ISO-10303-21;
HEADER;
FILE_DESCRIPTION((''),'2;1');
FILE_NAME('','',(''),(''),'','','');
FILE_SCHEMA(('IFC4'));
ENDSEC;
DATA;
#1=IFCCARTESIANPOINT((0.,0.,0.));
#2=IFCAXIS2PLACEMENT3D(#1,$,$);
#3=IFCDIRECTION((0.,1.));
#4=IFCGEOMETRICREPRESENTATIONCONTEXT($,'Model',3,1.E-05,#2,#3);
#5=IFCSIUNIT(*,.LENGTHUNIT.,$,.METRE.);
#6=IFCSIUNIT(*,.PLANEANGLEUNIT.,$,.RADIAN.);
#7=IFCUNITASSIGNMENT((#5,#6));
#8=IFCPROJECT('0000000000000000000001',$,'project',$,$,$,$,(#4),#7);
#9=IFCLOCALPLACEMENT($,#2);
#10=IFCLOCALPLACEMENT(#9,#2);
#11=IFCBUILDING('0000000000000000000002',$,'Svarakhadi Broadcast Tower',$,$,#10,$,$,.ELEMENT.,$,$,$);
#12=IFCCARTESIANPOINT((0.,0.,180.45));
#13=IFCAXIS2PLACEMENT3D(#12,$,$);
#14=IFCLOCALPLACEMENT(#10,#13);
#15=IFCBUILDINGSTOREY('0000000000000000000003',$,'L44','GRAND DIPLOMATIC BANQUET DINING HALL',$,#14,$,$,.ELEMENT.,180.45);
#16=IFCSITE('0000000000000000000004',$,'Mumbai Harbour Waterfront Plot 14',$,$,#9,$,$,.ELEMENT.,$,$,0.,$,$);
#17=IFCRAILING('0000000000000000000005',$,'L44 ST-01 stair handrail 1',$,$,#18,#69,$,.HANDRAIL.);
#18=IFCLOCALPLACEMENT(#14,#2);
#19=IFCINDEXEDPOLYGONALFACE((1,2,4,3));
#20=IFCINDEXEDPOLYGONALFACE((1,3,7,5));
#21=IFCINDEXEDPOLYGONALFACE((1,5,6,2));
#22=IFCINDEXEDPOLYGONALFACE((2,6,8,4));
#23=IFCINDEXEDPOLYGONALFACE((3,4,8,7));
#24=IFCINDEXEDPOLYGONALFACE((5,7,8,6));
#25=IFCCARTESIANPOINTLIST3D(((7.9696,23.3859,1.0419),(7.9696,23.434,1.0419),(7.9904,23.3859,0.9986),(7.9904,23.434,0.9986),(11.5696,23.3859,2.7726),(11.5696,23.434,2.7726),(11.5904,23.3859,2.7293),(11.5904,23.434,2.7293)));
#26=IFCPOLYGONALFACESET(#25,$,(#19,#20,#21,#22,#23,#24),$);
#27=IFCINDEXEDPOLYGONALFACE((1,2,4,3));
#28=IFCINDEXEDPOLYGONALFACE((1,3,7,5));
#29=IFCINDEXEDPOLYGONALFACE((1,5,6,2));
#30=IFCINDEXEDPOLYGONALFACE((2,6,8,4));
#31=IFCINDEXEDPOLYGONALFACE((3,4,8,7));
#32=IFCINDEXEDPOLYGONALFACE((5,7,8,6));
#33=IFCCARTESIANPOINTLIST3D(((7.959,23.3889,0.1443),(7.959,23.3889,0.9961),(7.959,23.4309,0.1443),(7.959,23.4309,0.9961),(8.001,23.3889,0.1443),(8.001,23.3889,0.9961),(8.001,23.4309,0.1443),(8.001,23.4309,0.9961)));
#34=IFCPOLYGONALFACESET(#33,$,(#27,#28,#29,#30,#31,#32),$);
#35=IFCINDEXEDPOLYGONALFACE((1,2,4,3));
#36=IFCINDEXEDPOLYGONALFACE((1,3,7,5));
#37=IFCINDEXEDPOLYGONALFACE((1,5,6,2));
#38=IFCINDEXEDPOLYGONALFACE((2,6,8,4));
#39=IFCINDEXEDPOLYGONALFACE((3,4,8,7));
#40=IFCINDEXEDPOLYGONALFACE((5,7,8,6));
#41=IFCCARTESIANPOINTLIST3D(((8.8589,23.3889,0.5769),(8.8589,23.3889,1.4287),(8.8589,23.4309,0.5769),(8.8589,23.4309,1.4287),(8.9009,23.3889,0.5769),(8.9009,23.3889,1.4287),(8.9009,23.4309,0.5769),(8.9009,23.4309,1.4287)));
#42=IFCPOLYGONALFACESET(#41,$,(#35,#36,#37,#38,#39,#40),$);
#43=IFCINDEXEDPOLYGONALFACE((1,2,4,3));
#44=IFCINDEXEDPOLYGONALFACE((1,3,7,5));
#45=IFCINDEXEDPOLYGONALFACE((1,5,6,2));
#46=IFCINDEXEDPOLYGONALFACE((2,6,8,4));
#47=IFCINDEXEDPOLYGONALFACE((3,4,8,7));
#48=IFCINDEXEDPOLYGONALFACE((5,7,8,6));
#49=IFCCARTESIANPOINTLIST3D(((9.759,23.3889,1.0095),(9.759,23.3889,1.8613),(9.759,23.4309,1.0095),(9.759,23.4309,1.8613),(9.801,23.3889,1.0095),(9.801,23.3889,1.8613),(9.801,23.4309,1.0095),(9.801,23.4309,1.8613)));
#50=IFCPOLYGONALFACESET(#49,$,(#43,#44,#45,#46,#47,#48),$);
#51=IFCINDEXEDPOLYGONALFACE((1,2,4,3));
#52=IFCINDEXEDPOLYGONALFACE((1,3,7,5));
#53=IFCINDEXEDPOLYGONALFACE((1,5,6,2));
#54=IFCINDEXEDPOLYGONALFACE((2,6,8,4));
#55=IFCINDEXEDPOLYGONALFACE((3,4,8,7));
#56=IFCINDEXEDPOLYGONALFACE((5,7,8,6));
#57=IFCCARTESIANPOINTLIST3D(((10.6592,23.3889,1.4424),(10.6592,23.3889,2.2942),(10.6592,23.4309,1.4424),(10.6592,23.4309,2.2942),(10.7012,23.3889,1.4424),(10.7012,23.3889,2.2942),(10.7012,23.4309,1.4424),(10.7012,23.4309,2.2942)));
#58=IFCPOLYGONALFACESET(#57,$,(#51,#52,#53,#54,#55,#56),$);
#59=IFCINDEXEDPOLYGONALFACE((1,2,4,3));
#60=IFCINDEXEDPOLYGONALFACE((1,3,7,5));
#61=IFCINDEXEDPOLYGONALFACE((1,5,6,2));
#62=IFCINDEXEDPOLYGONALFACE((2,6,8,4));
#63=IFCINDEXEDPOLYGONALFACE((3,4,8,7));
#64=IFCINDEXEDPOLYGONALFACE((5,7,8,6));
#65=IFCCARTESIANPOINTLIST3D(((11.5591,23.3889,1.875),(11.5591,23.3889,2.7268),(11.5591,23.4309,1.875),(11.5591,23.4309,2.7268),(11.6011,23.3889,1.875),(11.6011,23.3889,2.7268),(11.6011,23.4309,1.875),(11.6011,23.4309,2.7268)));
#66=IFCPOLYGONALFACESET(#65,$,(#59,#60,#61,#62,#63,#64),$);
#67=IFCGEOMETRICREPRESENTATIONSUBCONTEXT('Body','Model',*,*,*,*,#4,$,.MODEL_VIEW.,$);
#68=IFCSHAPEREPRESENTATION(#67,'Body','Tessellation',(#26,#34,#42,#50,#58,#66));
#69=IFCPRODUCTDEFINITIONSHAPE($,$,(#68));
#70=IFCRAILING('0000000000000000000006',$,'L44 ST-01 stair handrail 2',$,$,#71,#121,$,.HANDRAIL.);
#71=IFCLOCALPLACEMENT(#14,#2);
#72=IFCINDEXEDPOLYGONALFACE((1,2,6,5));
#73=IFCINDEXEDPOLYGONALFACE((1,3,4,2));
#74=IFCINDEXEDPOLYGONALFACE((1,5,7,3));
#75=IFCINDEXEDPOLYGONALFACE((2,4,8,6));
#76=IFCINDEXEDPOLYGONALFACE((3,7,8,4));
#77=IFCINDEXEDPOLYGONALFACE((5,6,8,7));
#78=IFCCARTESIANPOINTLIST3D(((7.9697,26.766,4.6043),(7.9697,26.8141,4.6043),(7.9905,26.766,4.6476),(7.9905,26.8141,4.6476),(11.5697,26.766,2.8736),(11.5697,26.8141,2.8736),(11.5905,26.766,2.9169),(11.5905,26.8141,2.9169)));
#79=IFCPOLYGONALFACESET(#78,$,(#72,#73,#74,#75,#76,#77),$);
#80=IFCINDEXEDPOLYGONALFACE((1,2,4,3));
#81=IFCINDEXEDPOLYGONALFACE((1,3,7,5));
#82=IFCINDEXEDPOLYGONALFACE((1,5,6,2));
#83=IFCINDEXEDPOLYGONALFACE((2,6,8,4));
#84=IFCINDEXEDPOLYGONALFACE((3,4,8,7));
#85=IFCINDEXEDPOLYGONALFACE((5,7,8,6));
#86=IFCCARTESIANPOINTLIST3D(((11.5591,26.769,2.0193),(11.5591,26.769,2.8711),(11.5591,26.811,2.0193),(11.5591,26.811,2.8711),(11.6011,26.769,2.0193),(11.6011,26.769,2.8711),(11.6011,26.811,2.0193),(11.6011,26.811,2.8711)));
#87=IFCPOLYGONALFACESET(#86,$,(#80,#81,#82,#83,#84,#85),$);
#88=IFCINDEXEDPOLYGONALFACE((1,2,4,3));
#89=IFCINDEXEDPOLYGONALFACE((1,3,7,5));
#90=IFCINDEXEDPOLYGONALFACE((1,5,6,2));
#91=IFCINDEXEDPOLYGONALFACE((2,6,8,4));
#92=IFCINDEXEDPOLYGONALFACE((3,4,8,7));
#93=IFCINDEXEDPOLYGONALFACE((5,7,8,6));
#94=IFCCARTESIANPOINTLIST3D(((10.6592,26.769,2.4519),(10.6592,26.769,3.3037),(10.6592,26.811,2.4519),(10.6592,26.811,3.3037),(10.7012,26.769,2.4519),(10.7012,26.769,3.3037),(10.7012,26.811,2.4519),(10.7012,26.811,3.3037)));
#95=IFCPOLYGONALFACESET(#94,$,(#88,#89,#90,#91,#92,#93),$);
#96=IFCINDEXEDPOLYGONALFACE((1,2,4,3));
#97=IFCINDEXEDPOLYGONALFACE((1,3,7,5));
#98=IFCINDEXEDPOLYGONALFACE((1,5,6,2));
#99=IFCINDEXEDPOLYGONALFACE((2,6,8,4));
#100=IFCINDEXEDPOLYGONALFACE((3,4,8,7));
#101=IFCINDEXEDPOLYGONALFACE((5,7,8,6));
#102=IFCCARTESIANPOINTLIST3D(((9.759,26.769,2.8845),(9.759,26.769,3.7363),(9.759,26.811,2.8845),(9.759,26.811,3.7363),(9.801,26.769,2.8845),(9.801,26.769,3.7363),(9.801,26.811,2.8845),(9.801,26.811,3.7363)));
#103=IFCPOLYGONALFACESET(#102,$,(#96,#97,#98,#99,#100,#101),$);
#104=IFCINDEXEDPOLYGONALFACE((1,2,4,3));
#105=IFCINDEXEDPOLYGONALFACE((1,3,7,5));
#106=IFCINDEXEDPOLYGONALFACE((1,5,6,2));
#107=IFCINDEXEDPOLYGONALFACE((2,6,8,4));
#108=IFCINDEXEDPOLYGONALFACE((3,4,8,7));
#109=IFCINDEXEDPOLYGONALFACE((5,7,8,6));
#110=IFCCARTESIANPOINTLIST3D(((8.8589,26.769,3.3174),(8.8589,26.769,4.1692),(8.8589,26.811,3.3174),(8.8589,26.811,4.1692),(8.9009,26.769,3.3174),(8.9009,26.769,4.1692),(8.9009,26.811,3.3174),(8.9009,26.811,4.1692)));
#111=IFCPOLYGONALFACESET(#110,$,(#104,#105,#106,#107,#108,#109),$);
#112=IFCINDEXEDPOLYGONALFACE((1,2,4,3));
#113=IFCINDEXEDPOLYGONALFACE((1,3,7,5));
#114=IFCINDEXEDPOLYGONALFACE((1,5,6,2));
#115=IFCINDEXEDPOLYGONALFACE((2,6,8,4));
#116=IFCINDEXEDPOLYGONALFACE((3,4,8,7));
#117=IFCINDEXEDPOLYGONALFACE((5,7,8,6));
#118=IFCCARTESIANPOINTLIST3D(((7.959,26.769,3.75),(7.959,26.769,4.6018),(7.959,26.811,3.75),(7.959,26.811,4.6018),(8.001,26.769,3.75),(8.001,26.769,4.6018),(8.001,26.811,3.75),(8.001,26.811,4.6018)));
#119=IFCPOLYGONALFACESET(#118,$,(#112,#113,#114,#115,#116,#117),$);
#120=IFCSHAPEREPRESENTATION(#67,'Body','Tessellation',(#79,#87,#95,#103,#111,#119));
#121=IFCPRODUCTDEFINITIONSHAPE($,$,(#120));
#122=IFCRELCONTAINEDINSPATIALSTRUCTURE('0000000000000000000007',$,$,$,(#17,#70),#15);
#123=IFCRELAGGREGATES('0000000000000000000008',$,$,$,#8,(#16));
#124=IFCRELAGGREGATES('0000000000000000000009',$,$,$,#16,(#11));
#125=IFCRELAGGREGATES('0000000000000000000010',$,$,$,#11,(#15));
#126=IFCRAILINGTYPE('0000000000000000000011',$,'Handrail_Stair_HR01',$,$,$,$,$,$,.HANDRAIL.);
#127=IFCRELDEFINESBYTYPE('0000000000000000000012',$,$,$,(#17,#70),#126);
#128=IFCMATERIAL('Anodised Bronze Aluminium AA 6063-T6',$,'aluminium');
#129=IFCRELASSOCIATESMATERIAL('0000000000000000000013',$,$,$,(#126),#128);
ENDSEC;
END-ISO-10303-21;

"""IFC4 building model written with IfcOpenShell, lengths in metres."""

from ifc_helpers import new_model, si_unit, direction, frame, origin, origin_2d, place, context, subcontext, project, spatial, rectangle, extrude, material, type_object, element, save


model = new_model("IFC4")

# Units and contexts
model_context = context("Model", 3, precision=1e-05, world=origin(), true_north=direction((0.0, 1.0)))
body_context = subcontext(model_context, "Body", "Model", "MODEL_VIEW")
ifc_project = project(units=[si_unit("LENGTHUNIT", "METRE"), si_unit("PLANEANGLEUNIT", "RADIAN")], contexts=[model_context])

# Site, building, storey
site_placement = place(None, origin())
site = spatial("IfcSite", under=ifc_project, at=site_placement, Name="Mumbai Harbour Waterfront Plot 14", CompositionType="ELEMENT", RefElevation=0.0)
building_placement = place(site_placement, origin())
building = spatial("IfcBuilding", under=site, at=building_placement, Name="Svarakhadi Broadcast Tower", CompositionType="ELEMENT")
storey_placement = place(building_placement, frame((0.0, 0.0, 180.45)))
storey = spatial("IfcBuildingStorey", under=building, at=storey_placement, Name="L44", Description="GRAND DIPLOMATIC BANQUET DINING HALL", CompositionType="ELEMENT", Elevation=180.45)

# Railings
ifc_material_1 = material(Name="Anodised Bronze Aluminium AA 6063-T6", Category="aluminium")
railing_type_1 = type_object("IfcRailingType", Name="Handrail_Stair_HR01", PredefinedType="HANDRAIL", material=ifc_material_1)
railing_1_placement = place(storey_placement, frame((7.98, 23.4099, 0.1443)))
element("IfcRailing", 1, at=railing_1_placement, inside=storey, type_object=railing_type_1, Name="L44 ST-01 stair handrail 1", PredefinedType="HANDRAIL", context=body_context, shape_type="SweptSolid", body=[
    extrude(rectangle(XDim=0.0481, YDim=0.0481, at=origin_2d()), frame((0.0, 0.0, 0.876), z_axis=(0.901263, 0.0, 0.433273), x_axis=(0.0, 1.0, 0.0)), (0.0, 0.0, 1.0), 3.9944),
    extrude(rectangle(XDim=0.042, YDim=0.042, at=origin_2d()), origin(), (0.0, 0.0, 1.0), 0.8518),
    extrude(rectangle(XDim=0.042, YDim=0.042, at=origin_2d()), frame((0.8999, 0.0, 0.4326)), (0.0, 0.0, 1.0), 0.8518),
    extrude(rectangle(XDim=0.042, YDim=0.042, at=origin_2d()), frame((1.8, 0.0, 0.8652)), (0.0, 0.0, 1.0), 0.8518),
    extrude(rectangle(XDim=0.042, YDim=0.042, at=origin_2d()), frame((2.7002, 0.0, 1.2981)), (0.0, 0.0, 1.0), 0.8518),
    extrude(rectangle(XDim=0.042, YDim=0.042, at=origin_2d()), frame((3.6001, 0.0, 1.7307)), (0.0, 0.0, 1.0), 0.8518),
])
railing_2_placement = place(storey_placement, frame((11.5801, 26.79, 2.0193)))
element("IfcRailing", 2, at=railing_2_placement, inside=storey, type_object=railing_type_1, Name="L44 ST-01 stair handrail 2", PredefinedType="HANDRAIL", context=body_context, shape_type="SweptSolid", body=[
    extrude(rectangle(XDim=0.0481, YDim=0.0481, at=origin_2d()), frame((0.0, 0.0, 0.876), z_axis=(-0.901263, 0.0, 0.433273), x_axis=(0.0, -1.0, 0.0)), (0.0, 0.0, 1.0), 3.9944),
    extrude(rectangle(XDim=0.042, YDim=0.042, at=origin_2d()), origin(), (0.0, 0.0, 1.0), 0.8518),
    extrude(rectangle(XDim=0.042, YDim=0.042, at=origin_2d()), frame((-0.8999, 0.0, 0.4326)), (0.0, 0.0, 1.0), 0.8518),
    extrude(rectangle(XDim=0.042, YDim=0.042, at=origin_2d()), frame((-1.8, 0.0, 0.8652)), (0.0, 0.0, 1.0), 0.8518),
    extrude(rectangle(XDim=0.042, YDim=0.042, at=origin_2d()), frame((-2.7002, 0.0, 1.2981)), (0.0, 0.0, 1.0), 0.8518),
    extrude(rectangle(XDim=0.042, YDim=0.042, at=origin_2d()), frame((-3.6001, 0.0, 1.7307)), (0.0, 0.0, 1.0), 0.8518),
])

save(model, "model.ifc")
